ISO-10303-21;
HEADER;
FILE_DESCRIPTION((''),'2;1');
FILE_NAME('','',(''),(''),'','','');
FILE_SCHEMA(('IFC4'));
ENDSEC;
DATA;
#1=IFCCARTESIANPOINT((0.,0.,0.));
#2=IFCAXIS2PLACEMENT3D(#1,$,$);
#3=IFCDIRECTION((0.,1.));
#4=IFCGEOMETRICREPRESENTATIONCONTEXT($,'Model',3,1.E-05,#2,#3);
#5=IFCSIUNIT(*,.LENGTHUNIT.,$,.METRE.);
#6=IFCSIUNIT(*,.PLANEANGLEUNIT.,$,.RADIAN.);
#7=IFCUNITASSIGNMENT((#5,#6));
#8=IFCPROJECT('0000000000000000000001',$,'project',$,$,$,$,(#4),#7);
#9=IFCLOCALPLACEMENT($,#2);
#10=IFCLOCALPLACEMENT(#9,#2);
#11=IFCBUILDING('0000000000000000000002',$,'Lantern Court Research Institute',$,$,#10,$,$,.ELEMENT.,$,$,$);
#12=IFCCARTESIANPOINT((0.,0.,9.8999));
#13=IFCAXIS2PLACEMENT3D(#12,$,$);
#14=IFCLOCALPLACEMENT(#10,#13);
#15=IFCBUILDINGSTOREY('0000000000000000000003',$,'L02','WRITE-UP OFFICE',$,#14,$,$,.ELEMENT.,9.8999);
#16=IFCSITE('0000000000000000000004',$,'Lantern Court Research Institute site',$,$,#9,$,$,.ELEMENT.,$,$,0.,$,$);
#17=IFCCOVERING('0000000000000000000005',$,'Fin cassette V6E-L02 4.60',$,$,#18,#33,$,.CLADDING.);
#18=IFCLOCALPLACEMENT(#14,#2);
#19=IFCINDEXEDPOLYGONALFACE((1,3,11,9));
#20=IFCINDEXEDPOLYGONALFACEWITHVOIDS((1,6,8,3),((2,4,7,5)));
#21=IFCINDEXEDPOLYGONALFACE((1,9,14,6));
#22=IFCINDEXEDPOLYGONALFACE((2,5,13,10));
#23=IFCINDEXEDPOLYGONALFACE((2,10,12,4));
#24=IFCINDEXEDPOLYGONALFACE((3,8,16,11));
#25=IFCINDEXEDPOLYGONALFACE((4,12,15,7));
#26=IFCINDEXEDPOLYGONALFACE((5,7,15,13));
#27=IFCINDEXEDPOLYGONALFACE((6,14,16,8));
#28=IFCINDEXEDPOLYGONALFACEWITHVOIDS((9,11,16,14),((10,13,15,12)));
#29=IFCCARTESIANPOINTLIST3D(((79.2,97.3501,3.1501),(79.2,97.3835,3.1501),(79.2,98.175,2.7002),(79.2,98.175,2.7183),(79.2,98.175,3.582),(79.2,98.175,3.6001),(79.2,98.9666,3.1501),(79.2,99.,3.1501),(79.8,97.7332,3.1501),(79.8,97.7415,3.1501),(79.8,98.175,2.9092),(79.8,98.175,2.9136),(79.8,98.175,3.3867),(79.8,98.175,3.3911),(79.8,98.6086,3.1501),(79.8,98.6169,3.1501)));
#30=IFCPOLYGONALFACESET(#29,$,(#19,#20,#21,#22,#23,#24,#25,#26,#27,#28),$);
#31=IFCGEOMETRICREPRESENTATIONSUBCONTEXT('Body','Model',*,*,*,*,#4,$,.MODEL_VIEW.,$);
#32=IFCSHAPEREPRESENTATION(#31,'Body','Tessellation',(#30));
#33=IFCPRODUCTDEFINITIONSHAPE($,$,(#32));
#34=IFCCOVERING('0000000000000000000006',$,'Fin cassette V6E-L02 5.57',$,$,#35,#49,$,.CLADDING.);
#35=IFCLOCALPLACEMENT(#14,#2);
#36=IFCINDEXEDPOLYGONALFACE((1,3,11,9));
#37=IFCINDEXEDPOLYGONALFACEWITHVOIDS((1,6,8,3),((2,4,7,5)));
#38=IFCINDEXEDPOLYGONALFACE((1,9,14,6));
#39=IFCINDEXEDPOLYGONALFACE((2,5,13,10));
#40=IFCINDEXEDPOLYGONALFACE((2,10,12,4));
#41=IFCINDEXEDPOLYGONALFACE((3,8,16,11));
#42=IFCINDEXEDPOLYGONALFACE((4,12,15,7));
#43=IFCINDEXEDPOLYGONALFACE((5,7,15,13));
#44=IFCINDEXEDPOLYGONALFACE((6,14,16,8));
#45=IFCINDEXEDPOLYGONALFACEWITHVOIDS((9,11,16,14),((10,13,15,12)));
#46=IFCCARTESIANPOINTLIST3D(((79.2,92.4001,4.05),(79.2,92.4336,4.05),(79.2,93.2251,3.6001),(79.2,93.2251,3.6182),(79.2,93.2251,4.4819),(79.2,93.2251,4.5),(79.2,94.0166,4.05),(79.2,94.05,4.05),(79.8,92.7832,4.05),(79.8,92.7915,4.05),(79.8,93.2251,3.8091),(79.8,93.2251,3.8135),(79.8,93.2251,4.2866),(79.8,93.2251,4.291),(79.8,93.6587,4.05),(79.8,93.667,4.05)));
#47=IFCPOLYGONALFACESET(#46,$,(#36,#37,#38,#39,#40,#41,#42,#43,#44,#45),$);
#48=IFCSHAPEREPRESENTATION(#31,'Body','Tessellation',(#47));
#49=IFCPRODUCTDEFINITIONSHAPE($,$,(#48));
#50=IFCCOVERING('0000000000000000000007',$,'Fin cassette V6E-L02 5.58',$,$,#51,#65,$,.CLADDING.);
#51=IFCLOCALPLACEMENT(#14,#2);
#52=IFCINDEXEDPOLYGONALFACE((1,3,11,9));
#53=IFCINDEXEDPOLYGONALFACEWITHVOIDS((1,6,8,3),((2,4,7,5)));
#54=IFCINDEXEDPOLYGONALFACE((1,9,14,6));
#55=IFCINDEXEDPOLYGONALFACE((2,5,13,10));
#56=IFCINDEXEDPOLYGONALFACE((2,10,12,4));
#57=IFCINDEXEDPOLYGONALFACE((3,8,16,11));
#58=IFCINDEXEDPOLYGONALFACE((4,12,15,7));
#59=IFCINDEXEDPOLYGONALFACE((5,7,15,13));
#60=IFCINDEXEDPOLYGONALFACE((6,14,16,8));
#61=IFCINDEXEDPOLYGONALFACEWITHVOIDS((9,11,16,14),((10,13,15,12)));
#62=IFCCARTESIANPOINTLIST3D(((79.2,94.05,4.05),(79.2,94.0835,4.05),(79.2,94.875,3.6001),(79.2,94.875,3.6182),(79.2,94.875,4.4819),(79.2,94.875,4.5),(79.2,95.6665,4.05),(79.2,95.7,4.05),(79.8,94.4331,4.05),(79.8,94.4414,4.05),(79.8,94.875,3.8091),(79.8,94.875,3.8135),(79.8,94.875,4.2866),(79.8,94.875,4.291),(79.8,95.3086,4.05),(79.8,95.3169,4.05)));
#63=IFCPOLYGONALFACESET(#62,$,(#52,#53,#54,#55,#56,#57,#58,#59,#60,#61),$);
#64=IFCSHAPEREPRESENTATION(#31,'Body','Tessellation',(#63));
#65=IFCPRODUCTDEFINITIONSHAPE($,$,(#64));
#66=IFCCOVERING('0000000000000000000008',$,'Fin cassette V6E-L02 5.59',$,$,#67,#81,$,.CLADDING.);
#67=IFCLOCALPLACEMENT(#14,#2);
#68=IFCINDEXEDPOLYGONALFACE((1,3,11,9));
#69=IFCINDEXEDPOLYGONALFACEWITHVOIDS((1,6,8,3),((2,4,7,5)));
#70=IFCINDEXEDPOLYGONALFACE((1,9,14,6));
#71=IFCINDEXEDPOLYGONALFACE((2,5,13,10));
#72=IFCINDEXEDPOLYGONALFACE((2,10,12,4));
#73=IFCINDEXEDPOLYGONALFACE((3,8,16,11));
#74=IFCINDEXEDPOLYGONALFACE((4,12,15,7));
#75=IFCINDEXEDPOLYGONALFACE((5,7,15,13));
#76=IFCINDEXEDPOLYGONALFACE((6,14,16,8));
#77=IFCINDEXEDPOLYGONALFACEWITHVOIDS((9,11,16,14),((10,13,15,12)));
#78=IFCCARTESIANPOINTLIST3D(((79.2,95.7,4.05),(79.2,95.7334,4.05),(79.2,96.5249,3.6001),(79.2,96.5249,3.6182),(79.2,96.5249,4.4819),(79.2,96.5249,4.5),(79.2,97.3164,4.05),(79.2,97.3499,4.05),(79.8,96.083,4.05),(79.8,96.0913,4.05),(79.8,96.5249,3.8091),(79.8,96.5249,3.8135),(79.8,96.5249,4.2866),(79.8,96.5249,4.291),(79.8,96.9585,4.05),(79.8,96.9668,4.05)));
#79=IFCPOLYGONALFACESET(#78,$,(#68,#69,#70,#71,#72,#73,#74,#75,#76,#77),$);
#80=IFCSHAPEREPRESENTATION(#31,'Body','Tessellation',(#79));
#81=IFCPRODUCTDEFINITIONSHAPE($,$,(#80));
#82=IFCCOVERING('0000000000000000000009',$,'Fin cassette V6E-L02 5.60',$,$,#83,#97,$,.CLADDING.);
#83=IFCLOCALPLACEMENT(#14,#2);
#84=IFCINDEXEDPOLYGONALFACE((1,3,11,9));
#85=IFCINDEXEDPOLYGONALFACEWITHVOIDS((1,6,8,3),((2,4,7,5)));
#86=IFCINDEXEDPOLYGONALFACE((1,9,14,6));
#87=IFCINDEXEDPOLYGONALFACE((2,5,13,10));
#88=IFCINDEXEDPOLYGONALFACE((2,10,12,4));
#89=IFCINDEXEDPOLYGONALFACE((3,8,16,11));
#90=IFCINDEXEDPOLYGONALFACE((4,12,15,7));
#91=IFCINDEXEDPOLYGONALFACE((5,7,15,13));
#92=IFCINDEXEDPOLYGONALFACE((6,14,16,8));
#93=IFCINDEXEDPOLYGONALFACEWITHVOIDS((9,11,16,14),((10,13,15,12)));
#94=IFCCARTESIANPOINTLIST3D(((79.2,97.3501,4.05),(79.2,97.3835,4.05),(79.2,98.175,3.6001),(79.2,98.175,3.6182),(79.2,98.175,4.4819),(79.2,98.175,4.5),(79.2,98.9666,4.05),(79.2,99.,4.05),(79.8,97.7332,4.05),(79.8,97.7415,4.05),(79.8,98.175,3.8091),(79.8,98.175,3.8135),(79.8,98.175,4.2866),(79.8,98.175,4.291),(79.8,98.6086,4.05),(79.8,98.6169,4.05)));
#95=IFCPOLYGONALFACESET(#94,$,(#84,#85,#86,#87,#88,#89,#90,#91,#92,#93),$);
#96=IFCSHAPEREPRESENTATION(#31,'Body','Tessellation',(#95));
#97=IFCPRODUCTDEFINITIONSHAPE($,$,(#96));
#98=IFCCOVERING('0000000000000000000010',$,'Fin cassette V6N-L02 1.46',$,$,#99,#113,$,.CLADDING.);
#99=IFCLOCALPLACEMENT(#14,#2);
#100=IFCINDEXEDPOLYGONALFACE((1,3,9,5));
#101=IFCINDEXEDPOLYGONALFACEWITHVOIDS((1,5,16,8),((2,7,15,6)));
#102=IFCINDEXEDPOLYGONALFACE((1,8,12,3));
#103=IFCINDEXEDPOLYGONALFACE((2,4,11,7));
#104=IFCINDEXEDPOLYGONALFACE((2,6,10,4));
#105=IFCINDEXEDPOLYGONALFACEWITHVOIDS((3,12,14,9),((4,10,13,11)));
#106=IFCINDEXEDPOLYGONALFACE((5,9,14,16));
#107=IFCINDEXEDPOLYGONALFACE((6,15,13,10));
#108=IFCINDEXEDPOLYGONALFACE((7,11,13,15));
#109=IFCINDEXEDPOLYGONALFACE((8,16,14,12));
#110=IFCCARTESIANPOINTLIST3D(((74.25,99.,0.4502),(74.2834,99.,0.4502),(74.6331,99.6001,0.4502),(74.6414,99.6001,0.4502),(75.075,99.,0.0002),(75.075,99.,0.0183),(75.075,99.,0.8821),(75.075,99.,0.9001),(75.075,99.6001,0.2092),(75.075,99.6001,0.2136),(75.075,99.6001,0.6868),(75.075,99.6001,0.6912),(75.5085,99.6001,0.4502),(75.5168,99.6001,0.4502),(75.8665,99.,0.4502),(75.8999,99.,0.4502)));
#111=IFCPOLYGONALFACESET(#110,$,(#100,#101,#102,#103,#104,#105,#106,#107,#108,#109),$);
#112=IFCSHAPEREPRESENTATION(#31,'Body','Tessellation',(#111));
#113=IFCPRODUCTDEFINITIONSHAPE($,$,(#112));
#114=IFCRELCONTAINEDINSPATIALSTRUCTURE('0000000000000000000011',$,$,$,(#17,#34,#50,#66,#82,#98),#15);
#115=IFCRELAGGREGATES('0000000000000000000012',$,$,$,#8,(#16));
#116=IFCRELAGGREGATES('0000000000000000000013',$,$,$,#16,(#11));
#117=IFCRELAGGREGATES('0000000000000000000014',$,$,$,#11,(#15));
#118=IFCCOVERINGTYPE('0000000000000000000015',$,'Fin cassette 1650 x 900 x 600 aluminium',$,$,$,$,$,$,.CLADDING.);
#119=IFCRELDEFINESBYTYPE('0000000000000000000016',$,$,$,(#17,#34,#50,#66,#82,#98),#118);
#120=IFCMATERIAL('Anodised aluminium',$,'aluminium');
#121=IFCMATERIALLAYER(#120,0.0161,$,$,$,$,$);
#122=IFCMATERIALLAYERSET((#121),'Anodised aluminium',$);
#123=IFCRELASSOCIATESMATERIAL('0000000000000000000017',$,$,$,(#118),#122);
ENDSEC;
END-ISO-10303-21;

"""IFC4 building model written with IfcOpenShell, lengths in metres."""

from ifc_helpers import new_model, entity, si_unit, direction, frame, origin, place, context, subcontext, project, spatial, material, layer, layer_set, type_object, element, save


model = new_model("IFC4")

# Units and contexts
model_context = context("Model", 3, precision=1e-05, world=origin(), true_north=direction((0.0, 1.0)))
body_context = subcontext(model_context, "Body", "Model", "MODEL_VIEW")
ifc_project = project(units=[si_unit("LENGTHUNIT", "METRE"), si_unit("PLANEANGLEUNIT", "RADIAN")], contexts=[model_context])

# Site, building, storey
site_placement = place(None, origin())
site = spatial("IfcSite", under=ifc_project, at=site_placement, Name="Lantern Court Research Institute site", CompositionType="ELEMENT", RefElevation=0.0)
building_placement = place(site_placement, origin())
building = spatial("IfcBuilding", under=site, at=building_placement, Name="Lantern Court Research Institute", CompositionType="ELEMENT")
storey_placement = place(building_placement, frame((0.0, 0.0, 9.8999)))
storey = spatial("IfcBuildingStorey", under=building, at=storey_placement, Name="L02", Description="WRITE-UP OFFICE", CompositionType="ELEMENT", Elevation=9.8999)

# Coverings
ifc_material_1 = material(Name="Anodised aluminium", Category="aluminium")
ifc_layer = layer(ifc_material_1, 0.0161)
ifc_layer_set = layer_set([ifc_layer], Name="Anodised aluminium")
covering_type = type_object("IfcCoveringType", Name="Fin cassette 1650 x 900 x 600 aluminium", PredefinedType="CLADDING", material=ifc_layer_set)
covering_1_placement = place(storey_placement, frame((79.2, 98.175, 3.1501), z_axis=(1.0, 0.0, 0.0), x_axis=(0.0, 1.0, 0.0)))
cartesian_point_1 = entity("IfcCartesianPoint", [0.825, 0.0])
cartesian_point_2 = entity("IfcCartesianPoint", [0.7915, 0.0])
cartesian_point_3 = entity("IfcCartesianPoint", [0.4419, 0.0])
cartesian_point_4 = entity("IfcCartesianPoint", [0.4336, 0.0])
element("IfcCovering", 1, at=covering_1_placement, inside=storey, type_object=covering_type, Name="Fin cassette V6E-L02 4.60", PredefinedType="CLADDING", context=body_context, shape_type="SweptSolid", body=[
    entity("IfcExtrudedAreaSolidTapered", entity("IfcArbitraryProfileDefWithVoids", "AREA", None, entity("IfcPolyline", [cartesian_point_1, entity("IfcCartesianPoint", [0.0, 0.45]), entity("IfcCartesianPoint", [-0.825, 0.0]), entity("IfcCartesianPoint", [0.0, -0.45]), cartesian_point_1]), [entity("IfcPolyline", [cartesian_point_2, entity("IfcCartesianPoint", [0.0, 0.4319]), entity("IfcCartesianPoint", [-0.7915, 0.0]), entity("IfcCartesianPoint", [0.0, -0.4319]), cartesian_point_2])]), entity("IfcAxis2Placement3D", entity("IfcCartesianPoint", [0.0, 0.0, 0.0])), entity("IfcDirection", [0.0, 0.0, 1.0]), 0.6001, entity("IfcArbitraryProfileDefWithVoids", "AREA", None, entity("IfcPolyline", [cartesian_point_3, entity("IfcCartesianPoint", [0.0, 0.241]), entity("IfcCartesianPoint", [-0.4419, 0.0]), entity("IfcCartesianPoint", [0.0, -0.241]), cartesian_point_3]), [entity("IfcPolyline", [cartesian_point_4, entity("IfcCartesianPoint", [0.0, 0.2366]), entity("IfcCartesianPoint", [-0.4336, 0.0]), entity("IfcCartesianPoint", [0.0, -0.2366]), cartesian_point_4])])),
])
covering_2_placement = place(storey_placement, frame((79.2, 93.2251, 4.05), z_axis=(1.0, 0.0, 0.0), x_axis=(0.0, 1.0, 0.0)))
cartesian_point_5 = entity("IfcCartesianPoint", [0.825, 0.0])
cartesian_point_6 = entity("IfcCartesianPoint", [0.7915, 0.0])
cartesian_point_7 = entity("IfcCartesianPoint", [0.4419, 0.0])
cartesian_point_8 = entity("IfcCartesianPoint", [0.4336, 0.0])
element("IfcCovering", 2, at=covering_2_placement, inside=storey, type_object=covering_type, Name="Fin cassette V6E-L02 5.57", PredefinedType="CLADDING", context=body_context, shape_type="SweptSolid", body=[
    entity("IfcExtrudedAreaSolidTapered", entity("IfcArbitraryProfileDefWithVoids", "AREA", None, entity("IfcPolyline", [cartesian_point_5, entity("IfcCartesianPoint", [0.0, 0.45]), entity("IfcCartesianPoint", [-0.825, 0.0]), entity("IfcCartesianPoint", [0.0, -0.45]), cartesian_point_5]), [entity("IfcPolyline", [cartesian_point_6, entity("IfcCartesianPoint", [0.0, 0.4319]), entity("IfcCartesianPoint", [-0.7915, 0.0]), entity("IfcCartesianPoint", [0.0, -0.4319]), cartesian_point_6])]), entity("IfcAxis2Placement3D", entity("IfcCartesianPoint", [0.0, 0.0, 0.0])), entity("IfcDirection", [0.0, 0.0, 1.0]), 0.6001, entity("IfcArbitraryProfileDefWithVoids", "AREA", None, entity("IfcPolyline", [cartesian_point_7, entity("IfcCartesianPoint", [0.0, 0.241]), entity("IfcCartesianPoint", [-0.4419, 0.0]), entity("IfcCartesianPoint", [0.0, -0.241]), cartesian_point_7]), [entity("IfcPolyline", [cartesian_point_8, entity("IfcCartesianPoint", [0.0, 0.2366]), entity("IfcCartesianPoint", [-0.4336, 0.0]), entity("IfcCartesianPoint", [0.0, -0.2366]), cartesian_point_8])])),
])
covering_3_placement = place(storey_placement, frame((79.2, 94.875, 4.05), z_axis=(1.0, 0.0, 0.0), x_axis=(0.0, 1.0, 0.0)))
cartesian_point_9 = entity("IfcCartesianPoint", [0.825, 0.0])
cartesian_point_10 = entity("IfcCartesianPoint", [0.7915, 0.0])
cartesian_point_11 = entity("IfcCartesianPoint", [0.4419, 0.0])
cartesian_point_12 = entity("IfcCartesianPoint", [0.4336, 0.0])
element("IfcCovering", 3, at=covering_3_placement, inside=storey, type_object=covering_type, Name="Fin cassette V6E-L02 5.58", PredefinedType="CLADDING", context=body_context, shape_type="SweptSolid", body=[
    entity("IfcExtrudedAreaSolidTapered", entity("IfcArbitraryProfileDefWithVoids", "AREA", None, entity("IfcPolyline", [cartesian_point_9, entity("IfcCartesianPoint", [0.0, 0.45]), entity("IfcCartesianPoint", [-0.825, 0.0]), entity("IfcCartesianPoint", [0.0, -0.45]), cartesian_point_9]), [entity("IfcPolyline", [cartesian_point_10, entity("IfcCartesianPoint", [0.0, 0.4319]), entity("IfcCartesianPoint", [-0.7915, 0.0]), entity("IfcCartesianPoint", [0.0, -0.4319]), cartesian_point_10])]), entity("IfcAxis2Placement3D", entity("IfcCartesianPoint", [0.0, 0.0, 0.0])), entity("IfcDirection", [0.0, 0.0, 1.0]), 0.6001, entity("IfcArbitraryProfileDefWithVoids", "AREA", None, entity("IfcPolyline", [cartesian_point_11, entity("IfcCartesianPoint", [0.0, 0.241]), entity("IfcCartesianPoint", [-0.4419, 0.0]), entity("IfcCartesianPoint", [0.0, -0.241]), cartesian_point_11]), [entity("IfcPolyline", [cartesian_point_12, entity("IfcCartesianPoint", [0.0, 0.2366]), entity("IfcCartesianPoint", [-0.4336, 0.0]), entity("IfcCartesianPoint", [0.0, -0.2366]), cartesian_point_12])])),
])
covering_4_placement = place(storey_placement, frame((79.2, 96.5249, 4.05), z_axis=(1.0, 0.0, 0.0), x_axis=(0.0, 1.0, 0.0)))
cartesian_point_13 = entity("IfcCartesianPoint", [0.825, 0.0])
cartesian_point_14 = entity("IfcCartesianPoint", [0.7915, 0.0])
cartesian_point_15 = entity("IfcCartesianPoint", [0.4419, 0.0])
cartesian_point_16 = entity("IfcCartesianPoint", [0.4336, 0.0])
element("IfcCovering", 4, at=covering_4_placement, inside=storey, type_object=covering_type, Name="Fin cassette V6E-L02 5.59", PredefinedType="CLADDING", context=body_context, shape_type="SweptSolid", body=[
    entity("IfcExtrudedAreaSolidTapered", entity("IfcArbitraryProfileDefWithVoids", "AREA", None, entity("IfcPolyline", [cartesian_point_13, entity("IfcCartesianPoint", [0.0, 0.45]), entity("IfcCartesianPoint", [-0.825, 0.0]), entity("IfcCartesianPoint", [0.0, -0.45]), cartesian_point_13]), [entity("IfcPolyline", [cartesian_point_14, entity("IfcCartesianPoint", [0.0, 0.4319]), entity("IfcCartesianPoint", [-0.7915, 0.0]), entity("IfcCartesianPoint", [0.0, -0.4319]), cartesian_point_14])]), entity("IfcAxis2Placement3D", entity("IfcCartesianPoint", [0.0, 0.0, 0.0])), entity("IfcDirection", [0.0, 0.0, 1.0]), 0.6001, entity("IfcArbitraryProfileDefWithVoids", "AREA", None, entity("IfcPolyline", [cartesian_point_15, entity("IfcCartesianPoint", [0.0, 0.241]), entity("IfcCartesianPoint", [-0.4419, 0.0]), entity("IfcCartesianPoint", [0.0, -0.241]), cartesian_point_15]), [entity("IfcPolyline", [cartesian_point_16, entity("IfcCartesianPoint", [0.0, 0.2366]), entity("IfcCartesianPoint", [-0.4336, 0.0]), entity("IfcCartesianPoint", [0.0, -0.2366]), cartesian_point_16])])),
])
covering_5_placement = place(storey_placement, frame((79.2, 98.175, 4.05), z_axis=(1.0, 0.0, 0.0), x_axis=(0.0, 1.0, 0.0)))
cartesian_point_17 = entity("IfcCartesianPoint", [0.825, 0.0])
cartesian_point_18 = entity("IfcCartesianPoint", [0.7915, 0.0])
cartesian_point_19 = entity("IfcCartesianPoint", [0.4419, 0.0])
cartesian_point_20 = entity("IfcCartesianPoint", [0.4336, 0.0])
element("IfcCovering", 5, at=covering_5_placement, inside=storey, type_object=covering_type, Name="Fin cassette V6E-L02 5.60", PredefinedType="CLADDING", context=body_context, shape_type="SweptSolid", body=[
    entity("IfcExtrudedAreaSolidTapered", entity("IfcArbitraryProfileDefWithVoids", "AREA", None, entity("IfcPolyline", [cartesian_point_17, entity("IfcCartesianPoint", [0.0, 0.45]), entity("IfcCartesianPoint", [-0.825, 0.0]), entity("IfcCartesianPoint", [0.0, -0.45]), cartesian_point_17]), [entity("IfcPolyline", [cartesian_point_18, entity("IfcCartesianPoint", [0.0, 0.4319]), entity("IfcCartesianPoint", [-0.7915, 0.0]), entity("IfcCartesianPoint", [0.0, -0.4319]), cartesian_point_18])]), entity("IfcAxis2Placement3D", entity("IfcCartesianPoint", [0.0, 0.0, 0.0])), entity("IfcDirection", [0.0, 0.0, 1.0]), 0.6001, entity("IfcArbitraryProfileDefWithVoids", "AREA", None, entity("IfcPolyline", [cartesian_point_19, entity("IfcCartesianPoint", [0.0, 0.241]), entity("IfcCartesianPoint", [-0.4419, 0.0]), entity("IfcCartesianPoint", [0.0, -0.241]), cartesian_point_19]), [entity("IfcPolyline", [cartesian_point_20, entity("IfcCartesianPoint", [0.0, 0.2366]), entity("IfcCartesianPoint", [-0.4336, 0.0]), entity("IfcCartesianPoint", [0.0, -0.2366]), cartesian_point_20])])),
])
covering_6_placement = place(storey_placement, frame((75.075, 99.0, 0.4502), z_axis=(0.0, 1.0, 0.0), x_axis=(-1.0, 0.0, 0.0)))
cartesian_point_21 = entity("IfcCartesianPoint", [0.825, 0.0])
cartesian_point_22 = entity("IfcCartesianPoint", [0.7915, 0.0])
cartesian_point_23 = entity("IfcCartesianPoint", [0.4419, 0.0])
cartesian_point_24 = entity("IfcCartesianPoint", [0.4336, 0.0])
element("IfcCovering", 6, at=covering_6_placement, inside=storey, type_object=covering_type, Name="Fin cassette V6N-L02 1.46", PredefinedType="CLADDING", context=body_context, shape_type="SweptSolid", body=[
    entity("IfcExtrudedAreaSolidTapered", entity("IfcArbitraryProfileDefWithVoids", "AREA", None, entity("IfcPolyline", [cartesian_point_21, entity("IfcCartesianPoint", [0.0, 0.45]), entity("IfcCartesianPoint", [-0.825, 0.0]), entity("IfcCartesianPoint", [0.0, -0.45]), cartesian_point_21]), [entity("IfcPolyline", [cartesian_point_22, entity("IfcCartesianPoint", [0.0, 0.4319]), entity("IfcCartesianPoint", [-0.7915, 0.0]), entity("IfcCartesianPoint", [0.0, -0.4319]), cartesian_point_22])]), entity("IfcAxis2Placement3D", entity("IfcCartesianPoint", [0.0, 0.0, 0.0])), entity("IfcDirection", [0.0, 0.0, 1.0]), 0.6001, entity("IfcArbitraryProfileDefWithVoids", "AREA", None, entity("IfcPolyline", [cartesian_point_23, entity("IfcCartesianPoint", [0.0, 0.241]), entity("IfcCartesianPoint", [-0.4419, 0.0]), entity("IfcCartesianPoint", [0.0, -0.241]), cartesian_point_23]), [entity("IfcPolyline", [cartesian_point_24, entity("IfcCartesianPoint", [0.0, 0.2366]), entity("IfcCartesianPoint", [-0.4336, 0.0]), entity("IfcCartesianPoint", [0.0, -0.2366]), cartesian_point_24])])),
])

save(model, "model.ifc")
